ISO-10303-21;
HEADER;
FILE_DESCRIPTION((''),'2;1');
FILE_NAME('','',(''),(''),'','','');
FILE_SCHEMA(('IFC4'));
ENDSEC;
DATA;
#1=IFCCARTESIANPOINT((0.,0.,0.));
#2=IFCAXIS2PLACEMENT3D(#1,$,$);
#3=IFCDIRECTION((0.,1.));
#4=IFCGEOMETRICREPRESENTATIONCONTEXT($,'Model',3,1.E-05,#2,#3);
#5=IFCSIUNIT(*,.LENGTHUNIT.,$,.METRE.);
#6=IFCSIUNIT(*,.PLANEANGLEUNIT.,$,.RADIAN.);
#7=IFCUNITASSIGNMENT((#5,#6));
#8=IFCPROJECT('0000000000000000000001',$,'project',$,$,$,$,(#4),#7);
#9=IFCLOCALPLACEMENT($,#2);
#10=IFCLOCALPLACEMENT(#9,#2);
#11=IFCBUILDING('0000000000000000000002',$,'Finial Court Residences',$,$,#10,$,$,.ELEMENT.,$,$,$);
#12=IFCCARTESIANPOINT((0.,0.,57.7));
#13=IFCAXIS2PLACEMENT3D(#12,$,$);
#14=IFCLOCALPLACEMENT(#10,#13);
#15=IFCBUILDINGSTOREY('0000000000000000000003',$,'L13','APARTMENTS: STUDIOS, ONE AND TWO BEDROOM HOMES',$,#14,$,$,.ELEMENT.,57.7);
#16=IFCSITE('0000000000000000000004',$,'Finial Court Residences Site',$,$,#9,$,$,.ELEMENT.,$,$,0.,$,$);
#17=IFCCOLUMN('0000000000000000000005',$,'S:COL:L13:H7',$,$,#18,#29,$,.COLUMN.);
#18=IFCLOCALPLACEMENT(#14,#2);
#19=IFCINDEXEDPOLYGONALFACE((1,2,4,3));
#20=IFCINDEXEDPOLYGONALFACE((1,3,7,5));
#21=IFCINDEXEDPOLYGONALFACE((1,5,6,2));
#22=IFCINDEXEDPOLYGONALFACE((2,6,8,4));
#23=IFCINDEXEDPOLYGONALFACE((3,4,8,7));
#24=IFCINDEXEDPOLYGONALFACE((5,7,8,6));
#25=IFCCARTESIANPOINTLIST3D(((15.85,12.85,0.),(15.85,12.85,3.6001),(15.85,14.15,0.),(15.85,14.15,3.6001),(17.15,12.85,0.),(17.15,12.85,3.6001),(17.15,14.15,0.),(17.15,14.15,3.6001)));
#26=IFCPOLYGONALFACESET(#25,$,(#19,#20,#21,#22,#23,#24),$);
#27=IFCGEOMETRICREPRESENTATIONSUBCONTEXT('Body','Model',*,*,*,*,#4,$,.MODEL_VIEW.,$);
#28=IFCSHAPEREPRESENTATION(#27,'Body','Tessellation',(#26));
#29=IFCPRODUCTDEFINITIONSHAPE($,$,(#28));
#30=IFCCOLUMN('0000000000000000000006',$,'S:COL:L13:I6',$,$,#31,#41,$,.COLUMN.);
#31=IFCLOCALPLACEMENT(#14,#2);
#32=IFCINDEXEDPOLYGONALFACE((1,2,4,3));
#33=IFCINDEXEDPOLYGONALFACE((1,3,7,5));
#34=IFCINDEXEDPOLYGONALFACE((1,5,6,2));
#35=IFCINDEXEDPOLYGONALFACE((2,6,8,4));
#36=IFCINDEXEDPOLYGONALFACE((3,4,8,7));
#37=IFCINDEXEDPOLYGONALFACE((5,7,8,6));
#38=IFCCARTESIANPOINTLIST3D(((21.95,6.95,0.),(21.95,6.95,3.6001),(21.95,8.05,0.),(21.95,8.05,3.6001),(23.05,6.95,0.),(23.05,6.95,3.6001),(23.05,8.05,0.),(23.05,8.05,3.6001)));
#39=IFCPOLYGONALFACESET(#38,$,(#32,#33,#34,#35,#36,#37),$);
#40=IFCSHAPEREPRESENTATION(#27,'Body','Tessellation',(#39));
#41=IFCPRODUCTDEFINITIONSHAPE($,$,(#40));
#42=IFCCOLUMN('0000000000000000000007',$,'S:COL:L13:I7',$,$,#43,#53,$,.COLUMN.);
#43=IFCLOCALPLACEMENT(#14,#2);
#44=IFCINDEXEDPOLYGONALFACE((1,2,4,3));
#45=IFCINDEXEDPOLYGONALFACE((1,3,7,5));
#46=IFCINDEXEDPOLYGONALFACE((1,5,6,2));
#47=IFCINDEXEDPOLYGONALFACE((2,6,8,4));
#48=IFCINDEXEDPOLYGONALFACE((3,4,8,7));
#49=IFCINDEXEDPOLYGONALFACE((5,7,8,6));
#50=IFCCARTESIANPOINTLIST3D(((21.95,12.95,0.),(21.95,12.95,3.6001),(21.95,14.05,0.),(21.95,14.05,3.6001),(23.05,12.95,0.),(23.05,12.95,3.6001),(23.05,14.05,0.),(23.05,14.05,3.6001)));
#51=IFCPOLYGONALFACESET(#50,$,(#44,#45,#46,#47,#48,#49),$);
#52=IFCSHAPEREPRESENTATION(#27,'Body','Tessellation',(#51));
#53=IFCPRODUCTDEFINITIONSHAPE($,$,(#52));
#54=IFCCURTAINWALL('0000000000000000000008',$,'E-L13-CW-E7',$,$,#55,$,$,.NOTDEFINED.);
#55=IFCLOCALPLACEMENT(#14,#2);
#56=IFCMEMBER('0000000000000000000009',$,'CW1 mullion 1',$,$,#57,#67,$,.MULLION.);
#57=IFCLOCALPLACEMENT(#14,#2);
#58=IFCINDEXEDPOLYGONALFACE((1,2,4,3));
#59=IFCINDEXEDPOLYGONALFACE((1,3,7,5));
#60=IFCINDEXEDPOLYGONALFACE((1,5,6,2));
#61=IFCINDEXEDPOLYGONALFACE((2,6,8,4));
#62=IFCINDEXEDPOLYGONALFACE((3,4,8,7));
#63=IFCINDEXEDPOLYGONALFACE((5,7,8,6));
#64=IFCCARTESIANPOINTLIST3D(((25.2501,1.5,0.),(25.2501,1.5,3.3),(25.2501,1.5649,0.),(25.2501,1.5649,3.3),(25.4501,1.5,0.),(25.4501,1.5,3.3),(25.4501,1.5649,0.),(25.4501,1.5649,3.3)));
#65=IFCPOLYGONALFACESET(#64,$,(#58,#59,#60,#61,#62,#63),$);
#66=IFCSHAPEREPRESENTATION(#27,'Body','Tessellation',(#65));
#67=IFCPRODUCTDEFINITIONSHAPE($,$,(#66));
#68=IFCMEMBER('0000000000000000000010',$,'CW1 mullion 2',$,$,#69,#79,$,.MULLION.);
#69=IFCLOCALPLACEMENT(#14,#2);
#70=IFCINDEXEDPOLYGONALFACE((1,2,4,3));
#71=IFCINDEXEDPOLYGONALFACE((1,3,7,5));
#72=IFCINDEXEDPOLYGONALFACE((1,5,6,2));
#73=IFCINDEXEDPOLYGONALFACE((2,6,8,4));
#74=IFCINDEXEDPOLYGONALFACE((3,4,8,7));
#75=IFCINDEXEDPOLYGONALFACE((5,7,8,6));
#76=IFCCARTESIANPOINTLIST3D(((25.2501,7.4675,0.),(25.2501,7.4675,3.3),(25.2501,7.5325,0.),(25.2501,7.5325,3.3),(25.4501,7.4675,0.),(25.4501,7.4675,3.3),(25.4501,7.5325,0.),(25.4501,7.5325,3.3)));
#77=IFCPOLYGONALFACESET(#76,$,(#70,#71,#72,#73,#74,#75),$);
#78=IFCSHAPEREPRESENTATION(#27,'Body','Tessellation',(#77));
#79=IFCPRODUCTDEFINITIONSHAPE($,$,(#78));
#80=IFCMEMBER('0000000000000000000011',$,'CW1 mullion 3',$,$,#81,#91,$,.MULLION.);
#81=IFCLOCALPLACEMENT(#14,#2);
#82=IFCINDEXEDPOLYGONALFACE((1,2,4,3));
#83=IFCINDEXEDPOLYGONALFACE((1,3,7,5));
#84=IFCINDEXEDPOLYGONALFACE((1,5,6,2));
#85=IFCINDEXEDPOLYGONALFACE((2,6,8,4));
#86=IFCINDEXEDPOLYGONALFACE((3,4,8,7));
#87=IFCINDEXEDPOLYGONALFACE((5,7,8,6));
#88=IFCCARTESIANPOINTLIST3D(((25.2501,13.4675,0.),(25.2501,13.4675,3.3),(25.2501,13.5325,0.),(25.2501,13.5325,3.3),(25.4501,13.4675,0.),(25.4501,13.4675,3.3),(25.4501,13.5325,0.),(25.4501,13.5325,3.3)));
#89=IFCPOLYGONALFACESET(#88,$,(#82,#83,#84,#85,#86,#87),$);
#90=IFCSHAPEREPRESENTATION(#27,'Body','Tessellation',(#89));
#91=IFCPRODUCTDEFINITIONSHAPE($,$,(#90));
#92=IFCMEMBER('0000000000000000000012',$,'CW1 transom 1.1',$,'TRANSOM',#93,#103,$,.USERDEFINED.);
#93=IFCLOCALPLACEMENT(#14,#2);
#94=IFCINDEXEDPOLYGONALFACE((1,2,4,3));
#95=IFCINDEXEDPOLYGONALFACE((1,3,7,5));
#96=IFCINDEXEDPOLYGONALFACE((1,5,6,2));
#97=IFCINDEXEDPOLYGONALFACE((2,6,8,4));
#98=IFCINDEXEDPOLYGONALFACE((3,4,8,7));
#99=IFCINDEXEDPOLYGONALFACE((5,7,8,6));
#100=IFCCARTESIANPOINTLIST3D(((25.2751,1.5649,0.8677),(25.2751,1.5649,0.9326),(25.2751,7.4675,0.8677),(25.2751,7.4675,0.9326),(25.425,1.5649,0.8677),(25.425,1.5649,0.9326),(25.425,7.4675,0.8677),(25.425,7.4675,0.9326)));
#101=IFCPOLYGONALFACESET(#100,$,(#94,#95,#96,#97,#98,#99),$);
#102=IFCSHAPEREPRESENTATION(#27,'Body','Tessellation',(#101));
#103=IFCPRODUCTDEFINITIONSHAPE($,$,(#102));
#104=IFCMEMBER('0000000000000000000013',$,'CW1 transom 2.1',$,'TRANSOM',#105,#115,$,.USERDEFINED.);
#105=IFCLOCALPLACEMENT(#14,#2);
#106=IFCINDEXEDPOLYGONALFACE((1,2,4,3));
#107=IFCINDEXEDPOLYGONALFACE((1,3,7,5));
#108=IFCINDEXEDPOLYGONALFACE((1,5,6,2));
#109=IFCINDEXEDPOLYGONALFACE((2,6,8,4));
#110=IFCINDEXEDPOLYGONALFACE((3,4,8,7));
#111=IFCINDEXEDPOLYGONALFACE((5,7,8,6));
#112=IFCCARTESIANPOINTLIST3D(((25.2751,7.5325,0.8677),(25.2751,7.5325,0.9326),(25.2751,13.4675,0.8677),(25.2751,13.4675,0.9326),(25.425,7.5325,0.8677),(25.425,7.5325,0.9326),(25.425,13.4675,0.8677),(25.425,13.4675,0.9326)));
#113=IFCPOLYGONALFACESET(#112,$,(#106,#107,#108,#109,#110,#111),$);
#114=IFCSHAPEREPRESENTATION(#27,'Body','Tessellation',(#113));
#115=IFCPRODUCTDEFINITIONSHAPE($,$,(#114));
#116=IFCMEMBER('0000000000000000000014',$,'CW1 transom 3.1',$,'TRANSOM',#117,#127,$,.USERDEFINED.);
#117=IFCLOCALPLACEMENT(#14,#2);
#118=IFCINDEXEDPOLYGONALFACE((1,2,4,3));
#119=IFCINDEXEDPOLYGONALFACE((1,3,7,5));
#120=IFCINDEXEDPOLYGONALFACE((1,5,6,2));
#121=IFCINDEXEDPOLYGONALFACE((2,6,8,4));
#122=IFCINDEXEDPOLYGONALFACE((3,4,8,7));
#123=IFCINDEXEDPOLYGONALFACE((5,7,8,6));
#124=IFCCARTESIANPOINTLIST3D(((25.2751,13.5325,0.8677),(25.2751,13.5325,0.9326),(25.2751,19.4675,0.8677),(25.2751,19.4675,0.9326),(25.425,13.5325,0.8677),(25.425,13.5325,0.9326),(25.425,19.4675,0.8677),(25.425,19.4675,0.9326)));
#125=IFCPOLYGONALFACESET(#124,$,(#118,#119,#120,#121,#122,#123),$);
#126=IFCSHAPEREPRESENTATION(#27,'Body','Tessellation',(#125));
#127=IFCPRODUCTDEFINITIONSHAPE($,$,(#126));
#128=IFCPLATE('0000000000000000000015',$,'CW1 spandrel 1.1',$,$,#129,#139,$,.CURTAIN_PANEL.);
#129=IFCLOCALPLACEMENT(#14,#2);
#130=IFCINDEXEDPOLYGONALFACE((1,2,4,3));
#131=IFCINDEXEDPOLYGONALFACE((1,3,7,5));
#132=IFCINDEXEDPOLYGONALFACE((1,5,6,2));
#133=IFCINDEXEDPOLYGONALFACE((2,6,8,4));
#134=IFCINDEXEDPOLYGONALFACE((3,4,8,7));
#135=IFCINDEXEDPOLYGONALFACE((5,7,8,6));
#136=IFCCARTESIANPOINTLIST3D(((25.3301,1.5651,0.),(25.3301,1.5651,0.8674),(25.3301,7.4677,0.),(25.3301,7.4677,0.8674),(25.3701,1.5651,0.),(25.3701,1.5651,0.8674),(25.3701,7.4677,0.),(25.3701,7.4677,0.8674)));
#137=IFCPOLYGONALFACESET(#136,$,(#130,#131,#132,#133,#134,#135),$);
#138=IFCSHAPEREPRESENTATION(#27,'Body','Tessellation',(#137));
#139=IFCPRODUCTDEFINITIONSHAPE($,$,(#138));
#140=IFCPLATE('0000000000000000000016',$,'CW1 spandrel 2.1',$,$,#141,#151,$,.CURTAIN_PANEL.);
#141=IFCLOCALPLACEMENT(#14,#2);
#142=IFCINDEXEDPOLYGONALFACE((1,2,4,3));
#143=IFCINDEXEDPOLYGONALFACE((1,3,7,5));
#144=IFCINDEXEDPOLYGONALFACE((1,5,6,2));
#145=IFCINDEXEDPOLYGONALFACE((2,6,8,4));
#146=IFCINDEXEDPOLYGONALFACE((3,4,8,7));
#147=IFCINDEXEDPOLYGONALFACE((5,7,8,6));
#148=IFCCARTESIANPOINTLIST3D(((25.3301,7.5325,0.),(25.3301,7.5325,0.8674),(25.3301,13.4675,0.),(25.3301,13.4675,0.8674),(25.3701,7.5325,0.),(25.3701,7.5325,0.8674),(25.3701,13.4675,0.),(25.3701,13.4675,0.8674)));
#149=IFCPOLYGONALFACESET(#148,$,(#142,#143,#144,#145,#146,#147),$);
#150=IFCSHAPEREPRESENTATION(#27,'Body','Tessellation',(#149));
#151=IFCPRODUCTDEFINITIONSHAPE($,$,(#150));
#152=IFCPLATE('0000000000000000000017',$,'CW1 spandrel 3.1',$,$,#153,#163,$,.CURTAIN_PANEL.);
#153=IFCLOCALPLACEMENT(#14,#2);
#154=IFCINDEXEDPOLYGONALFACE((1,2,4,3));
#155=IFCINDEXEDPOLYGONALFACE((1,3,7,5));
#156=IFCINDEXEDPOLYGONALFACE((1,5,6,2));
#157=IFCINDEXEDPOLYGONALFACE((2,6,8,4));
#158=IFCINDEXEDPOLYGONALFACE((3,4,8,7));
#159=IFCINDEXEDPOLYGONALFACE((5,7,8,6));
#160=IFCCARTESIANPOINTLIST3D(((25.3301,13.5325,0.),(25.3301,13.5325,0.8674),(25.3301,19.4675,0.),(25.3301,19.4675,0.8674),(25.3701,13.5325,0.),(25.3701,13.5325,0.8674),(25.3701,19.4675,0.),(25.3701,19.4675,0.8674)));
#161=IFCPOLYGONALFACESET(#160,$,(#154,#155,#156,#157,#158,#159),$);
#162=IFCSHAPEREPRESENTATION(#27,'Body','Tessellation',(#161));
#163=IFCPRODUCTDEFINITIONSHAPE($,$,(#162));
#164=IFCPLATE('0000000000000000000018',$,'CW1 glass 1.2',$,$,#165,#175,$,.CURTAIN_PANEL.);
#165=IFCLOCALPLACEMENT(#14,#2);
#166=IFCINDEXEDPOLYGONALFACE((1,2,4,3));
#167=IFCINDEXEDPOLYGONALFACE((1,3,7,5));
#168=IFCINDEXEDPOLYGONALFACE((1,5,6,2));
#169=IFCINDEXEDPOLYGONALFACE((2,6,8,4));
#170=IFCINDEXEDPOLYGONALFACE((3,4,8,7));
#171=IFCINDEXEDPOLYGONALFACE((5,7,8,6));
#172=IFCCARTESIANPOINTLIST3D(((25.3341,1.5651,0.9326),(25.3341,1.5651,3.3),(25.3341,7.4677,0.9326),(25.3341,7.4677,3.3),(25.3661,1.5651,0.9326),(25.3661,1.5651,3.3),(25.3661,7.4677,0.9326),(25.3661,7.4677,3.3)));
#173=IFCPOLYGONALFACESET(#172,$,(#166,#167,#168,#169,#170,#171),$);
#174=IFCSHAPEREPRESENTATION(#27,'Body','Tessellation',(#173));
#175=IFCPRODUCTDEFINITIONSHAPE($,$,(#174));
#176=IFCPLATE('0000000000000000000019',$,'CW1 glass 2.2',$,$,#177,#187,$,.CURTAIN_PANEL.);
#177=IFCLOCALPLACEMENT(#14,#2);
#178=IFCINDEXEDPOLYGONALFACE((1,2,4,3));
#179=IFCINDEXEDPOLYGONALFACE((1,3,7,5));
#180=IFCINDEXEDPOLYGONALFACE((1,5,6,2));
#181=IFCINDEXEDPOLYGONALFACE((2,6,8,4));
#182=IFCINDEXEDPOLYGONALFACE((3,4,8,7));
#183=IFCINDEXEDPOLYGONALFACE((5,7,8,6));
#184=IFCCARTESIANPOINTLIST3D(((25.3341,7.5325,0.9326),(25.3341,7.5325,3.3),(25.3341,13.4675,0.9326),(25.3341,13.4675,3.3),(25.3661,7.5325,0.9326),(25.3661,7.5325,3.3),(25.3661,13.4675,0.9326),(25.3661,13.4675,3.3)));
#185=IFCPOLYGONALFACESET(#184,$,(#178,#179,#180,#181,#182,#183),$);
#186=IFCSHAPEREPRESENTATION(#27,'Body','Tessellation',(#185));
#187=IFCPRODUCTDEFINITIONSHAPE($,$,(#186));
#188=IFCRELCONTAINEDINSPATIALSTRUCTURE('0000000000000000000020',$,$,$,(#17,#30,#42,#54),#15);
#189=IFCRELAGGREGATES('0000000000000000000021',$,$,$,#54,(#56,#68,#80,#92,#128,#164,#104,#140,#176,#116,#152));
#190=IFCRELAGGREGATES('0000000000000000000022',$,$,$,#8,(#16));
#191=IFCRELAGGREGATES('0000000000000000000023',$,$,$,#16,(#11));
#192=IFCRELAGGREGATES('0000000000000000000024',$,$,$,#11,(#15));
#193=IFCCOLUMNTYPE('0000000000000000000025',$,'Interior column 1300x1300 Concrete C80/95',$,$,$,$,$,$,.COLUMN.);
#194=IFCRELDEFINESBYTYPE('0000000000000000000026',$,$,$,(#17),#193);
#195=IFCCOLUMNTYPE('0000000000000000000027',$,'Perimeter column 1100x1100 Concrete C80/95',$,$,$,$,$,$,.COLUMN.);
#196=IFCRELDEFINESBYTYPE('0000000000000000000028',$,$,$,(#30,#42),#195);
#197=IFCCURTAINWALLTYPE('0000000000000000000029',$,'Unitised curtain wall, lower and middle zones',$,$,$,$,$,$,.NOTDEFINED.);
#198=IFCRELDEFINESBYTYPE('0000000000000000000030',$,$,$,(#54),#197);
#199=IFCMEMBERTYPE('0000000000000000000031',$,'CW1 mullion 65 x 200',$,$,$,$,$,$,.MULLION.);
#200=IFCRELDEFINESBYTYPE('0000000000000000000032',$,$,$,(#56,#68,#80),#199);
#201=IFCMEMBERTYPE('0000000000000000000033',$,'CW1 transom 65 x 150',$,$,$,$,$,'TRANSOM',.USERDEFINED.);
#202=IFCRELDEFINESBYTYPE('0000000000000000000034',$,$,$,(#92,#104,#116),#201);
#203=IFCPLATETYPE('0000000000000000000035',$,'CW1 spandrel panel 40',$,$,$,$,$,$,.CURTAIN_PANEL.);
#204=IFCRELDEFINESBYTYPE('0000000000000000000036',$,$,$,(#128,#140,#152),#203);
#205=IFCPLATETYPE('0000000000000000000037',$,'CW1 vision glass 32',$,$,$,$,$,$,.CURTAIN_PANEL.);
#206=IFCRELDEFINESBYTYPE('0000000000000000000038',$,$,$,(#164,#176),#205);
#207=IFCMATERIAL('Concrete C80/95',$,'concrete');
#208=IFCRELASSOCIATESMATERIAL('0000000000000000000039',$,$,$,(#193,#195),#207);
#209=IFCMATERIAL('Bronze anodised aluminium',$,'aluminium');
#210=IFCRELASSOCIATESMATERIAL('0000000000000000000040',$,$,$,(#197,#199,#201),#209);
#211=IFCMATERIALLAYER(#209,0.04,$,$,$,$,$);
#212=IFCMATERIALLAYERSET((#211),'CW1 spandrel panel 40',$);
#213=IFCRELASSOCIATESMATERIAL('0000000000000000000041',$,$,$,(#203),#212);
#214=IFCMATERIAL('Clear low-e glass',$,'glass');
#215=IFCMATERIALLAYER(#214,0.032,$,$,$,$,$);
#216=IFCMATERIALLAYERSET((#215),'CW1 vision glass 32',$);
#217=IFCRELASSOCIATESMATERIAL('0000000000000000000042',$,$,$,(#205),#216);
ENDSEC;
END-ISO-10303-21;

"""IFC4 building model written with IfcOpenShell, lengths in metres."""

from ifc_helpers import new_model, si_unit, direction, frame, origin, origin_2d, place, context, subcontext, project, spatial, rectangle, extrude, material, layer, layer_set, material_profile, profile_set, type_object, element, aggregate, save


model = new_model("IFC4")

# Units and contexts
model_context = context("Model", 3, precision=1e-05, world=origin(), true_north=direction((0.0, 1.0)))
body_context = subcontext(model_context, "Body", "Model", "MODEL_VIEW")
ifc_project = project(units=[si_unit("LENGTHUNIT", "METRE"), si_unit("PLANEANGLEUNIT", "RADIAN")], contexts=[model_context])

# Site, building, storey
site_placement = place(None, origin())
site = spatial("IfcSite", under=ifc_project, at=site_placement, Name="Finial Court Residences Site", CompositionType="ELEMENT", RefElevation=0.0)
building_placement = place(site_placement, origin())
building = spatial("IfcBuilding", under=site, at=building_placement, Name="Finial Court Residences", CompositionType="ELEMENT")
storey_placement = place(building_placement, frame((0.0, 0.0, 57.7)))
storey = spatial("IfcBuildingStorey", under=building, at=storey_placement, Name="L13", Description="APARTMENTS: STUDIOS, ONE AND TWO BEDROOM HOMES", CompositionType="ELEMENT", Elevation=57.7)

# Columns
ifc_material_1 = material(Name="Concrete C80/95", Category="concrete")
ifc_material_profile_1 = material_profile(ifc_material_1, rectangle(XDim=1.3, YDim=1.3, at=origin_2d()), Name="1300x1300")
ifc_profile_set_1 = profile_set([ifc_material_profile_1], Name="Concrete C80/95")
column_type_1 = type_object("IfcColumnType", Name="Interior column 1300x1300 Concrete C80/95", PredefinedType="COLUMN", material=ifc_profile_set_1)
column_placement = place(storey_placement, frame((16.5, 13.5, 0.0), z_axis=(0.0, 0.0, 1.0), x_axis=(1.0, 0.0, 0.0)))
element("IfcColumn", 1, at=column_placement, inside=storey, type_object=column_type_1, Name="S:COL:L13:H7", PredefinedType="COLUMN", context=body_context, shape_type="SweptSolid", body=[
    extrude(rectangle(XDim=1.3, YDim=1.3, at=origin_2d()), origin(), (0.0, 0.0, 1.0), 3.6001),
])
ifc_material_profile_2 = material_profile(ifc_material_1, rectangle(XDim=1.1001, YDim=1.1001, at=origin_2d()), Name="1100x1100")
ifc_profile_set_2 = profile_set([ifc_material_profile_2], Name="Concrete C80/95")
column_type_2 = type_object("IfcColumnType", Name="Perimeter column 1100x1100 Concrete C80/95", PredefinedType="COLUMN", material=ifc_profile_set_2)
for number, where, z_axis, x_axis, name in (
    (2, (22.5, 7.5, 0.0), (0.0, 0.0, 1.0), (1.0, 0.0, 0.0), "S:COL:L13:I6"),
    (3, (22.5, 13.5, 0.0), (0.0, 0.0, 1.0), (1.0, 0.0, 0.0), "S:COL:L13:I7"),
):
    element("IfcColumn", number, at=place(storey_placement, frame(where, z_axis=z_axis, x_axis=x_axis)), inside=storey, type_object=column_type_2, Name=name, PredefinedType="COLUMN", context=body_context, shape_type="SweptSolid", body=[
        extrude(rectangle(XDim=1.1001, YDim=1.1001, at=origin_2d()), origin(), (0.0, 0.0, 1.0), 3.6001),
    ])

# Curtain wall, members, plates
ifc_material_2 = material(Name="Bronze anodised aluminium", Category="aluminium")
curtain_wall_type = type_object("IfcCurtainWallType", Name="Unitised curtain wall, lower and middle zones", PredefinedType="NOTDEFINED", material=ifc_material_2)
curtain_wall_placement = place(storey_placement, origin())
curtain_wall = element("IfcCurtainWall", 4, at=curtain_wall_placement, inside=storey, type_object=curtain_wall_type, Name="E-L13-CW-E7", PredefinedType="NOTDEFINED")
ifc_material_profile_3 = material_profile(ifc_material_2, rectangle(XDim=0.2, YDim=0.0649, at=origin_2d()), Name="CW1 mullion 65 x 200")
ifc_profile_set_3 = profile_set([ifc_material_profile_3], Name="Bronze anodised aluminium")
member_type_1 = type_object("IfcMemberType", Name="CW1 mullion 65 x 200", PredefinedType="MULLION", material=ifc_profile_set_3)
member_1_placement = place(storey_placement, frame((25.3501, 1.5325, 0.0), z_axis=(0.0, 0.0, 1.0), x_axis=(-1.0, 0.0, 0.0)))
member_1 = element("IfcMember", 5, at=member_1_placement, type_object=member_type_1, Name="CW1 mullion 1", PredefinedType="MULLION", context=body_context, shape_type="SweptSolid", body=[
    extrude(rectangle(XDim=0.2, YDim=0.0649, at=origin_2d()), origin(), (0.0, 0.0, 1.0), 3.3),
])
member_2_placement = place(storey_placement, frame((25.3501, 7.5, 0.0), z_axis=(0.0, 0.0, 1.0), x_axis=(-1.0, 0.0, 0.0)))
member_2 = element("IfcMember", 6, at=member_2_placement, type_object=member_type_1, Name="CW1 mullion 2", PredefinedType="MULLION", context=body_context, shape_type="SweptSolid", body=[
    extrude(rectangle(XDim=0.2, YDim=0.0649, at=origin_2d()), origin(), (0.0, 0.0, 1.0), 3.3),
])
member_3_placement = place(storey_placement, frame((25.3501, 13.5, 0.0), z_axis=(0.0, 0.0, 1.0), x_axis=(-1.0, 0.0, 0.0)))
member_3 = element("IfcMember", 7, at=member_3_placement, type_object=member_type_1, Name="CW1 mullion 3", PredefinedType="MULLION", context=body_context, shape_type="SweptSolid", body=[
    extrude(rectangle(XDim=0.2, YDim=0.0649, at=origin_2d()), origin(), (0.0, 0.0, 1.0), 3.3),
])
ifc_material_profile_4 = material_profile(ifc_material_2, rectangle(XDim=0.1499, YDim=0.0649, at=origin_2d()), Name="CW1 transom 65 x 150")
ifc_profile_set_4 = profile_set([ifc_material_profile_4], Name="Bronze anodised aluminium")
member_type_2 = type_object("IfcMemberType", Name="CW1 transom 65 x 150", ElementType="TRANSOM", PredefinedType="USERDEFINED", material=ifc_profile_set_4)
member_4_placement = place(storey_placement, frame((25.3501, 1.5649, 0.9001), z_axis=(0.0, 1.0, 0.0), x_axis=(-1.0, 0.0, 0.0)))
member_4 = element("IfcMember", 8, at=member_4_placement, type_object=member_type_2, Name="CW1 transom 1.1", ObjectType="TRANSOM", PredefinedType="USERDEFINED", context=body_context, shape_type="SweptSolid", body=[
    extrude(rectangle(XDim=0.1499, YDim=0.0649, at=origin_2d()), origin(), (0.0, 0.0, 1.0), 5.9026),
])
member_5_placement = place(storey_placement, frame((25.3501, 7.5325, 0.9001), z_axis=(0.0, 1.0, 0.0), x_axis=(-1.0, 0.0, 0.0)))
member_5 = element("IfcMember", 9, at=member_5_placement, type_object=member_type_2, Name="CW1 transom 2.1", ObjectType="TRANSOM", PredefinedType="USERDEFINED", context=body_context, shape_type="SweptSolid", body=[
    extrude(rectangle(XDim=0.1499, YDim=0.0649, at=origin_2d()), origin(), (0.0, 0.0, 1.0), 5.9351),
])
member_6_placement = place(storey_placement, frame((25.3501, 13.5325, 0.9001), z_axis=(0.0, 1.0, 0.0), x_axis=(-1.0, 0.0, 0.0)))
member_6 = element("IfcMember", 10, at=member_6_placement, type_object=member_type_2, Name="CW1 transom 3.1", ObjectType="TRANSOM", PredefinedType="USERDEFINED", context=body_context, shape_type="SweptSolid", body=[
    extrude(rectangle(XDim=0.1499, YDim=0.0649, at=origin_2d()), origin(), (0.0, 0.0, 1.0), 5.9351),
])
ifc_layer_1 = layer(ifc_material_2, 0.04)
ifc_layer_set_1 = layer_set([ifc_layer_1], Name="CW1 spandrel panel 40")
plate_type_1 = type_object("IfcPlateType", Name="CW1 spandrel panel 40", PredefinedType="CURTAIN_PANEL", material=ifc_layer_set_1)
plate_1_placement = place(storey_placement, frame((25.3501, 4.5164, 0.0), z_axis=(0.0, 0.0, 1.0), x_axis=(0.0, 1.0, 0.0)))
plate_1 = element("IfcPlate", 11, at=plate_1_placement, type_object=plate_type_1, Name="CW1 spandrel 1.1", PredefinedType="CURTAIN_PANEL", context=body_context, shape_type="SweptSolid", body=[
    extrude(rectangle(XDim=5.9026, YDim=0.04, at=origin_2d()), origin(), (0.0, 0.0, 1.0), 0.8674),
])
plate_2_placement = place(storey_placement, frame((25.3501, 10.5, 0.0), z_axis=(0.0, 0.0, 1.0), x_axis=(0.0, 1.0, 0.0)))
plate_2 = element("IfcPlate", 12, at=plate_2_placement, type_object=plate_type_1, Name="CW1 spandrel 2.1", PredefinedType="CURTAIN_PANEL", context=body_context, shape_type="SweptSolid", body=[
    extrude(rectangle(XDim=5.9351, YDim=0.04, at=origin_2d()), origin(), (0.0, 0.0, 1.0), 0.8674),
])
plate_3_placement = place(storey_placement, frame((25.3501, 16.5, 0.0), z_axis=(0.0, 0.0, 1.0), x_axis=(0.0, 1.0, 0.0)))
plate_3 = element("IfcPlate", 13, at=plate_3_placement, type_object=plate_type_1, Name="CW1 spandrel 3.1", PredefinedType="CURTAIN_PANEL", context=body_context, shape_type="SweptSolid", body=[
    extrude(rectangle(XDim=5.9351, YDim=0.04, at=origin_2d()), origin(), (0.0, 0.0, 1.0), 0.8674),
])
ifc_material_3 = material(Name="Clear low-e glass", Category="glass")
ifc_layer_2 = layer(ifc_material_3, 0.032)
ifc_layer_set_2 = layer_set([ifc_layer_2], Name="CW1 vision glass 32")
plate_type_2 = type_object("IfcPlateType", Name="CW1 vision glass 32", PredefinedType="CURTAIN_PANEL", material=ifc_layer_set_2)
plate_4_placement = place(storey_placement, frame((25.3501, 4.5164, 0.9326), z_axis=(0.0, 0.0, 1.0), x_axis=(0.0, 1.0, 0.0)))
plate_4 = element("IfcPlate", 14, at=plate_4_placement, type_object=plate_type_2, Name="CW1 glass 1.2", PredefinedType="CURTAIN_PANEL", context=body_context, shape_type="SweptSolid", body=[
    extrude(rectangle(XDim=5.9026, YDim=0.032, at=origin_2d()), origin(), (0.0, 0.0, 1.0), 2.3674),
])
plate_5_placement = place(storey_placement, frame((25.3501, 10.5, 0.9326), z_axis=(0.0, 0.0, 1.0), x_axis=(0.0, 1.0, 0.0)))
plate_5 = element("IfcPlate", 15, at=plate_5_placement, type_object=plate_type_2, Name="CW1 glass 2.2", PredefinedType="CURTAIN_PANEL", context=body_context, shape_type="SweptSolid", body=[
    extrude(rectangle(XDim=5.9351, YDim=0.032, at=origin_2d()), origin(), (0.0, 0.0, 1.0), 2.3674),
])
aggregate(curtain_wall, [member_1, member_2, member_3, member_4, plate_1, plate_4, member_5, plate_2, plate_5, member_6, plate_3])

save(model, "model.ifc")
